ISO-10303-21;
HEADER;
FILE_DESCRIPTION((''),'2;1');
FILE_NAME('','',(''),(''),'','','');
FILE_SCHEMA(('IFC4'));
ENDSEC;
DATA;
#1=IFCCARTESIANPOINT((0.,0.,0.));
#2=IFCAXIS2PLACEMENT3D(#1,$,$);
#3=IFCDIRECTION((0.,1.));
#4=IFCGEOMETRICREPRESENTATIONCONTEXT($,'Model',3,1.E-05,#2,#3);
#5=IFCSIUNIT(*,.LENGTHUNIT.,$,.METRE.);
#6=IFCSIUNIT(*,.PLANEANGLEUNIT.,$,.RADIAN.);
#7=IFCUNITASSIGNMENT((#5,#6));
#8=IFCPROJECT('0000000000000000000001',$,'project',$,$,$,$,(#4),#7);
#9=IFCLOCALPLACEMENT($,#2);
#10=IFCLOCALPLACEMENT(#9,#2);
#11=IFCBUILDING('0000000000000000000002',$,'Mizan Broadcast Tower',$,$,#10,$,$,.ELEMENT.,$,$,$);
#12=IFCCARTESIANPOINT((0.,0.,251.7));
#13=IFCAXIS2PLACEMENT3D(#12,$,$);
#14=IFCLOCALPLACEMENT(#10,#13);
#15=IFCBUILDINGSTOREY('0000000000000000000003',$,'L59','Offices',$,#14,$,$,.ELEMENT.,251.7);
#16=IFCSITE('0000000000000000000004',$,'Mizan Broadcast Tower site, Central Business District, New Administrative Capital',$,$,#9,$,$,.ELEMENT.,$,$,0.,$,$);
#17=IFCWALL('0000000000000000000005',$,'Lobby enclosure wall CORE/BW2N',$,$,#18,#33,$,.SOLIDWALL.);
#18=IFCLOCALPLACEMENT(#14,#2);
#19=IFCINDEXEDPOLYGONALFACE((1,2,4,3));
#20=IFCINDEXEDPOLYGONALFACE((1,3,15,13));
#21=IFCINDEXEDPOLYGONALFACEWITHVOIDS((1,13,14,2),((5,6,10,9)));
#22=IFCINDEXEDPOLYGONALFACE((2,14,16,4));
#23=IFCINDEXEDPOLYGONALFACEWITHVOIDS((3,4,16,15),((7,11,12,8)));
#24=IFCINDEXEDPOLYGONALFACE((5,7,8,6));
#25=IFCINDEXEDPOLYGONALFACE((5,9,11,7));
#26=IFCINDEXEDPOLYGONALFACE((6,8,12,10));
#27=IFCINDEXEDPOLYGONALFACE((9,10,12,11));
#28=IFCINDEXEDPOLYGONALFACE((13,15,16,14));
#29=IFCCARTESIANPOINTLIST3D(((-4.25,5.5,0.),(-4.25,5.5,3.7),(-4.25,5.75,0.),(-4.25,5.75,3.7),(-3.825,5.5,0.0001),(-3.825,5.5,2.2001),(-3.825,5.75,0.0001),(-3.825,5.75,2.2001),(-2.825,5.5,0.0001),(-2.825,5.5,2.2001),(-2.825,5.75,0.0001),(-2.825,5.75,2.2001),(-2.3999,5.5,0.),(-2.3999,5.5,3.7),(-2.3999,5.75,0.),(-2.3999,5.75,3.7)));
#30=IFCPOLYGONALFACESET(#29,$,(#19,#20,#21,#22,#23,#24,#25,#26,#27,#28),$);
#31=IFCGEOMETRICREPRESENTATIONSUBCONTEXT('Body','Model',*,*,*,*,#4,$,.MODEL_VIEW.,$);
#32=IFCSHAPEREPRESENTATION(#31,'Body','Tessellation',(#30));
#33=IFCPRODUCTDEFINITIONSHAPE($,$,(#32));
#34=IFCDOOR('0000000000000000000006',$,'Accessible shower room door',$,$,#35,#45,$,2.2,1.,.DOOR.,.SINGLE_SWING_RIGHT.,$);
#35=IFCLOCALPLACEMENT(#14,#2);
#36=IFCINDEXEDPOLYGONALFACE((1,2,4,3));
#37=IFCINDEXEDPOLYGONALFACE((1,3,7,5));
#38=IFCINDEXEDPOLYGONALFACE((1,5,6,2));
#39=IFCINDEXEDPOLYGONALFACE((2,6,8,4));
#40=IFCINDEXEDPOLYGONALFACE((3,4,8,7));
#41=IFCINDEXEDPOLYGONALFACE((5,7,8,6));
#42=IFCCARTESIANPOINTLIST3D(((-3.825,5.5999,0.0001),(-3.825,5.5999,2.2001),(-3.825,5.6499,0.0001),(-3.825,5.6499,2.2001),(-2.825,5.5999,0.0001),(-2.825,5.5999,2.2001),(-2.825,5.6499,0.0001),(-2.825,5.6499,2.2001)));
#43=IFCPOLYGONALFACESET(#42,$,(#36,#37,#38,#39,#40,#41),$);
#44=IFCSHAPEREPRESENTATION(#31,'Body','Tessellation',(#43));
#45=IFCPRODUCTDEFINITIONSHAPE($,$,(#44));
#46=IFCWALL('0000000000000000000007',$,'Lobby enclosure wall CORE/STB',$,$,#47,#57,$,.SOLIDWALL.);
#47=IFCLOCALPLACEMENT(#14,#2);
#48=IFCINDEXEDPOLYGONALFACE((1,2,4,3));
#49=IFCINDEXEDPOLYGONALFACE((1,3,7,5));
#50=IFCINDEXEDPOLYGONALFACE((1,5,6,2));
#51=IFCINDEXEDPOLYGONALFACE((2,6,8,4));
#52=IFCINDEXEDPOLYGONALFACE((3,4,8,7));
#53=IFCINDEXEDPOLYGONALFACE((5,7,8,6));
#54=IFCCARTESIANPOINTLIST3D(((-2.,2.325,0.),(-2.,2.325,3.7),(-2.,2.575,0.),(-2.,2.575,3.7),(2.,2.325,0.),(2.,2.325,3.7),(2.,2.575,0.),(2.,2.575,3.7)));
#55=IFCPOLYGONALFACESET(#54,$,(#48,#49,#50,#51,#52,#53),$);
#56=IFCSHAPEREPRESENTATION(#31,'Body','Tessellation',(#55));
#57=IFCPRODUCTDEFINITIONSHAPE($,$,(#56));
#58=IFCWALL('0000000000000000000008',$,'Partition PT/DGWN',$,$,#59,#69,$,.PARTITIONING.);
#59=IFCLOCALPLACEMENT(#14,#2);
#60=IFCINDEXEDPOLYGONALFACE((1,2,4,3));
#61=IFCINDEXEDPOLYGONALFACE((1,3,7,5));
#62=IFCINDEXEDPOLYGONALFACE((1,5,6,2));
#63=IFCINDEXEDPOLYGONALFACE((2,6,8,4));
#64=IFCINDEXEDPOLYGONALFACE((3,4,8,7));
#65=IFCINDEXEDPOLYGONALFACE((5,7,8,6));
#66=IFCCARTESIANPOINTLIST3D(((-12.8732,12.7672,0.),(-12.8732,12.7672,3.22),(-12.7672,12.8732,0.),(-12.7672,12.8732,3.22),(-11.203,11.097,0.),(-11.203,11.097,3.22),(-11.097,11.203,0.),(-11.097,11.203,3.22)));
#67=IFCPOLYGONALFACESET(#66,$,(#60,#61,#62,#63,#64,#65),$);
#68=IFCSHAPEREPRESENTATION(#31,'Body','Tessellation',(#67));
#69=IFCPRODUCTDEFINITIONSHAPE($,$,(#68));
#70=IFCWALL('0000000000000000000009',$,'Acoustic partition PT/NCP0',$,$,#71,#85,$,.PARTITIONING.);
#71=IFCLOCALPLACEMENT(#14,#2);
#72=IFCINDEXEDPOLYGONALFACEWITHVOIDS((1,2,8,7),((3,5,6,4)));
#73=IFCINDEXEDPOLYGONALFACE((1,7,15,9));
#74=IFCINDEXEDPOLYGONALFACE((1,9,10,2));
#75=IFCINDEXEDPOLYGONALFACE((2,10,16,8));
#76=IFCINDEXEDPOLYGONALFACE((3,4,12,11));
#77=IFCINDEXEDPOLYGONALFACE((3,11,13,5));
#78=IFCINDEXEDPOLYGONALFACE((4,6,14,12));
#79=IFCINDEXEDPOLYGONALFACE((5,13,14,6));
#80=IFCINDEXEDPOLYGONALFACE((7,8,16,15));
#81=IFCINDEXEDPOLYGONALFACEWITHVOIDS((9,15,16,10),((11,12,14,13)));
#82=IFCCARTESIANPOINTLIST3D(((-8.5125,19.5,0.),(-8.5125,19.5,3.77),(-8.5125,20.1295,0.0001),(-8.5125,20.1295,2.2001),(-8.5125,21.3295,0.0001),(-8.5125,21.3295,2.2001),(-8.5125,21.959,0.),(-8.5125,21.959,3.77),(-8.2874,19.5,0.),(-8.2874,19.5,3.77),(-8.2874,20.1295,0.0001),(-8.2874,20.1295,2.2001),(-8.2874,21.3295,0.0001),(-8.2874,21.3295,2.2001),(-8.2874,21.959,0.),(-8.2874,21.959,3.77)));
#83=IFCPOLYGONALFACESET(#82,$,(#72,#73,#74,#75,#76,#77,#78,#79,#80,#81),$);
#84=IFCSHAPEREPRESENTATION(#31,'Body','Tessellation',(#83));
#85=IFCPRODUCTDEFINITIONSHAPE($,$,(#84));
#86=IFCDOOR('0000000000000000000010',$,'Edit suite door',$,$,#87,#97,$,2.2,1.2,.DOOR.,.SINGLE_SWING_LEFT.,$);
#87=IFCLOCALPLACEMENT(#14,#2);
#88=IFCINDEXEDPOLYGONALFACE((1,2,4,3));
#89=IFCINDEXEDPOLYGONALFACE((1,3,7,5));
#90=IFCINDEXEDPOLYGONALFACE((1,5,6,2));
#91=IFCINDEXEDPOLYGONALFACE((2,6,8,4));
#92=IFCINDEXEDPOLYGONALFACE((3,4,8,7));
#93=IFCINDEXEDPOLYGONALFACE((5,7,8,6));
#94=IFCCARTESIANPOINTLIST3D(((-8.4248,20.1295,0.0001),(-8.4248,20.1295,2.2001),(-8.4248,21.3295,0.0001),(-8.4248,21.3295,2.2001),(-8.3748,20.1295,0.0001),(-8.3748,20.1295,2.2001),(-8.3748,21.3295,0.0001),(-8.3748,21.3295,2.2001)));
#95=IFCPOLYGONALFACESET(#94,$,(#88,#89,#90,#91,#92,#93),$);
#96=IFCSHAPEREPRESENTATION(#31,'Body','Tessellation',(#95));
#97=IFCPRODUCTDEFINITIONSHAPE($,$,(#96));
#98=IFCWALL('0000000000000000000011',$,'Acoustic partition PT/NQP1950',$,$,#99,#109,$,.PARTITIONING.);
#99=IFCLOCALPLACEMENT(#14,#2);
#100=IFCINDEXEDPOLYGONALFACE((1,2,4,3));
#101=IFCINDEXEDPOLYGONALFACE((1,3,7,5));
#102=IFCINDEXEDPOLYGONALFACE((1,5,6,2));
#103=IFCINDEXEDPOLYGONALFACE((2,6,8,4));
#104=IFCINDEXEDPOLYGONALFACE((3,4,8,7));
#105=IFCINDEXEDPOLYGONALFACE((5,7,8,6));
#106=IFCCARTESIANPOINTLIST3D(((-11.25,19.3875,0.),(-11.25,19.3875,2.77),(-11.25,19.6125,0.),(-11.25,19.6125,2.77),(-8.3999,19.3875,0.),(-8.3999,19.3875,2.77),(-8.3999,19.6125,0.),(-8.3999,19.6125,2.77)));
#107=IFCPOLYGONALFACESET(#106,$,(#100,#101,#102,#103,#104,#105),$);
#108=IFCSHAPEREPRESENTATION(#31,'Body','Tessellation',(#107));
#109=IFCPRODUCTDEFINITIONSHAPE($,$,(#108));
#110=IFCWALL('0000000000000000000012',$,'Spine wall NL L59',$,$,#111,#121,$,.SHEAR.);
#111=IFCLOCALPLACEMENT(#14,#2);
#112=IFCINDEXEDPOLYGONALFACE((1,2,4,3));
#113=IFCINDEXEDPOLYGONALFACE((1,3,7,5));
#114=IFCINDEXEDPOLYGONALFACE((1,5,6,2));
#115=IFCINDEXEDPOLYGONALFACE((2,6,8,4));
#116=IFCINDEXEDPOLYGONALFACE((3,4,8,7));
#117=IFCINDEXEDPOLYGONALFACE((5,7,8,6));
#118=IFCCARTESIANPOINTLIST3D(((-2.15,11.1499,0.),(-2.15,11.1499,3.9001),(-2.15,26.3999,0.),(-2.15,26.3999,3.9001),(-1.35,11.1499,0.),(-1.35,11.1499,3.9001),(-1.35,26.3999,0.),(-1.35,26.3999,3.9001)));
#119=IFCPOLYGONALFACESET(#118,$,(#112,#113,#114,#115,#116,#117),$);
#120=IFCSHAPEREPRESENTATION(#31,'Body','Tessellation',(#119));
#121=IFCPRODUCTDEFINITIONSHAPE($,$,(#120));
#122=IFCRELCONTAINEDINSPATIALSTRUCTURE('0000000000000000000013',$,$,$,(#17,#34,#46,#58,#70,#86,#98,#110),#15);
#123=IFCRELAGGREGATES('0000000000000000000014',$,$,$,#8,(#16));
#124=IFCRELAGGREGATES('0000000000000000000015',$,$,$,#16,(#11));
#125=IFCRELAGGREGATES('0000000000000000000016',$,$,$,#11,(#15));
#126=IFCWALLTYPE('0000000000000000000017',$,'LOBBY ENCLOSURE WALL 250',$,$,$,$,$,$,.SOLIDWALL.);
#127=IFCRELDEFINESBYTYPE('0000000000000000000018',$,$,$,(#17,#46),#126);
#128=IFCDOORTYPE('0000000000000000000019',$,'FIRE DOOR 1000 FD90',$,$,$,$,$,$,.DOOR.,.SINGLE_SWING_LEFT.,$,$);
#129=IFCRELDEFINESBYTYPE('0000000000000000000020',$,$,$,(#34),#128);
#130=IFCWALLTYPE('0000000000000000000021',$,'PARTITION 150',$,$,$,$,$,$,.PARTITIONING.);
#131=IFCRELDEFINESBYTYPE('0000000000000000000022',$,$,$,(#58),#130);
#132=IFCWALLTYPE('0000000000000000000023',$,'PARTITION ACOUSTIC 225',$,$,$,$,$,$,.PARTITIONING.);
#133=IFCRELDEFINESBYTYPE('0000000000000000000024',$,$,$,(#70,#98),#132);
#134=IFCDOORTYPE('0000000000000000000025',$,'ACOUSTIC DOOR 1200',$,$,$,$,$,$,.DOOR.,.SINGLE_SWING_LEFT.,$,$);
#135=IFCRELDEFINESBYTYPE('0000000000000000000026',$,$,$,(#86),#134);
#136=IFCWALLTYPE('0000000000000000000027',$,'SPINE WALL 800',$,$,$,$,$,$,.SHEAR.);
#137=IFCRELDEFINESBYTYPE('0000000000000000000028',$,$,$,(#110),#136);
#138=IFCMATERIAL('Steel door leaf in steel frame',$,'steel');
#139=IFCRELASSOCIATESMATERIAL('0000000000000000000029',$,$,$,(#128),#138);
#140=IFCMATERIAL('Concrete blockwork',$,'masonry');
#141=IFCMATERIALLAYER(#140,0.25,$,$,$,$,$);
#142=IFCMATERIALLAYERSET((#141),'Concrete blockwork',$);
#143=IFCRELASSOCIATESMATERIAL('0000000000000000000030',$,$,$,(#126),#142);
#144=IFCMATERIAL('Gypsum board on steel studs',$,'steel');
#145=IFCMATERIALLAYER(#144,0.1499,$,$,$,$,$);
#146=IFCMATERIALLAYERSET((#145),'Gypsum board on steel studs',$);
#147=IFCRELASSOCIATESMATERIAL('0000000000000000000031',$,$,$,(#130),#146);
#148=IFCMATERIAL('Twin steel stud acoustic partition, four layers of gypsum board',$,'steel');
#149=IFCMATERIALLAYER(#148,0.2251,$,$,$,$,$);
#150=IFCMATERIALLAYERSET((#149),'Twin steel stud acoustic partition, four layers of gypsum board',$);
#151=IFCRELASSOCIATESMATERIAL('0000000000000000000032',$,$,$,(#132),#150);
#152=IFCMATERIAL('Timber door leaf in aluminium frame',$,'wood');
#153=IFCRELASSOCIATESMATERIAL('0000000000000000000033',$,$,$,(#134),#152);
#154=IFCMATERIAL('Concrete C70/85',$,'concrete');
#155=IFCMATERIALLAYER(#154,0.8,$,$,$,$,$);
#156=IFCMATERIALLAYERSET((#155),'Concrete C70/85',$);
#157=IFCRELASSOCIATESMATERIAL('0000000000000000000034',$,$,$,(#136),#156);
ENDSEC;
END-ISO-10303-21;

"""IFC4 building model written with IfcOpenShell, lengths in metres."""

from ifc_helpers import new_model, si_unit, direction, frame, frame_2d, origin, place, context, subcontext, project, spatial, rectangle, extrude, material, layer, layer_set, type_object, element, fill, save


model = new_model("IFC4")

# Units and contexts
model_context = context("Model", 3, precision=1e-05, world=origin(), true_north=direction((0.0, 1.0)))
body_context = subcontext(model_context, "Body", "Model", "MODEL_VIEW")
ifc_project = project(units=[si_unit("LENGTHUNIT", "METRE"), si_unit("PLANEANGLEUNIT", "RADIAN")], contexts=[model_context])

# Site, building, storey
site_placement = place(None, origin())
site = spatial("IfcSite", under=ifc_project, at=site_placement, Name="Mizan Broadcast Tower site, Central Business District, New Administrative Capital", CompositionType="ELEMENT", RefElevation=0.0)
building_placement = place(site_placement, origin())
building = spatial("IfcBuilding", under=site, at=building_placement, Name="Mizan Broadcast Tower", CompositionType="ELEMENT")
storey_placement = place(building_placement, frame((0.0, 0.0, 251.7)))
storey = spatial("IfcBuildingStorey", under=building, at=storey_placement, Name="L59", Description="Offices", CompositionType="ELEMENT", Elevation=251.7)

# Shared definitions
ifc_material_1 = material(Name="Steel door leaf in steel frame", Category="steel")
door_type_1 = type_object("IfcDoorType", Name="FIRE DOOR 1000 FD90", OperationType="SINGLE_SWING_LEFT", PredefinedType="DOOR", material=ifc_material_1)

# Wall, opening, door
ifc_material_2 = material(Name="Concrete blockwork", Category="masonry")
ifc_layer_1 = layer(ifc_material_2, 0.25)
ifc_layer_set_1 = layer_set([ifc_layer_1], Name="Concrete blockwork")
wall_type_1 = type_object("IfcWallType", Name="LOBBY ENCLOSURE WALL 250", PredefinedType="SOLIDWALL", material=ifc_layer_set_1)
wall_1_placement = place(storey_placement, frame((-4.25, 5.625, 0.0), z_axis=(0.0, 0.0, 1.0), x_axis=(1.0, 0.0, 0.0)))
wall_1 = element("IfcWall", 1, at=wall_1_placement, inside=storey, type_object=wall_type_1, Name="Lobby enclosure wall CORE/BW2N", PredefinedType="SOLIDWALL", context=body_context, shape_type="SweptSolid", body=[
    extrude(rectangle(XDim=1.8501, YDim=0.25, at=frame_2d((0.925, 0.0))), origin(), (0.0, 0.0, 1.0), 3.7),
])
opening_1_placement = place(wall_1_placement, frame((0.425, 0.0, 0.0)))
opening_1 = element("IfcOpeningElement", 2, at=opening_1_placement, cuts=wall_1, PredefinedType="OPENING", context=body_context, shape_type="SweptSolid", body=[
    extrude(rectangle(XDim=1.0, YDim=2.2, at=frame_2d((0.5, 1.1001))), frame((0.0, 0.135, 0.0), z_axis=(0.0, -1.0, 0.0), x_axis=(1.0, 0.0, 0.0)), (0.0, 0.0, 1.0), 0.27),
])
door_1_placement = place(opening_1_placement, origin())
door_1 = element("IfcDoor", 3, at=door_1_placement, inside=storey, type_object=door_type_1, Name="Accessible shower room door", OperationType="SINGLE_SWING_RIGHT", OverallHeight=2.2, OverallWidth=1.0, PredefinedType="DOOR", context=body_context, shape_type="SweptSolid", body=[
    extrude(rectangle(XDim=1.0, YDim=2.2, at=frame_2d((0.5, 1.1001))), frame((0.0, 0.0249, 0.0), z_axis=(0.0, -1.0, 0.0), x_axis=(1.0, 0.0, 0.0)), (0.0, 0.0, 1.0), 0.05),
])
fill(opening_1, door_1)

# Walls
wall_2_placement = place(storey_placement, frame((-2.0, 2.45, 0.0), z_axis=(0.0, 0.0, 1.0), x_axis=(1.0, 0.0, 0.0)))
element("IfcWall", 4, at=wall_2_placement, inside=storey, type_object=wall_type_1, Name="Lobby enclosure wall CORE/STB", PredefinedType="SOLIDWALL", context=body_context, shape_type="SweptSolid", body=[
    extrude(rectangle(XDim=4.0, YDim=0.25, at=frame_2d((2.0, 0.0))), origin(), (0.0, 0.0, 1.0), 3.7),
])
ifc_material_3 = material(Name="Gypsum board on steel studs", Category="steel")
ifc_layer_2 = layer(ifc_material_3, 0.1499)
ifc_layer_set_2 = layer_set([ifc_layer_2], Name="Gypsum board on steel studs")
wall_type_2 = type_object("IfcWallType", Name="PARTITION 150", PredefinedType="PARTITIONING", material=ifc_layer_set_2)
wall_3_placement = place(storey_placement, frame((-11.1499, 11.1499, 0.0), z_axis=(0.0, 0.0, 1.0), x_axis=(-0.707107, 0.707107, 0.0)))
element("IfcWall", 5, at=wall_3_placement, inside=storey, type_object=wall_type_2, Name="Partition PT/DGWN", PredefinedType="PARTITIONING", context=body_context, shape_type="SweptSolid", body=[
    extrude(rectangle(XDim=2.3621, YDim=0.1499, at=frame_2d((1.1812, 0.0))), origin(), (0.0, 0.0, 1.0), 3.22),
])

# Wall, opening, door
ifc_material_4 = material(Name="Twin steel stud acoustic partition, four layers of gypsum board", Category="steel")
ifc_layer_3 = layer(ifc_material_4, 0.2251)
ifc_layer_set_3 = layer_set([ifc_layer_3], Name="Twin steel stud acoustic partition, four layers of gypsum board")
wall_type_3 = type_object("IfcWallType", Name="PARTITION ACOUSTIC 225", PredefinedType="PARTITIONING", material=ifc_layer_set_3)
wall_4_placement = place(storey_placement, frame((-8.3999, 19.5, 0.0), z_axis=(0.0, 0.0, 1.0), x_axis=(0.0, 1.0, 0.0)))
wall_4 = element("IfcWall", 6, at=wall_4_placement, inside=storey, type_object=wall_type_3, Name="Acoustic partition PT/NCP0", PredefinedType="PARTITIONING", context=body_context, shape_type="SweptSolid", body=[
    extrude(rectangle(XDim=2.459, YDim=0.2251, at=frame_2d((1.2295, 0.0))), origin(), (0.0, 0.0, 1.0), 3.77),
])
opening_2_placement = place(wall_4_placement, frame((0.6294, 0.0, 0.0)))
opening_2 = element("IfcOpeningElement", 7, at=opening_2_placement, cuts=wall_4, PredefinedType="OPENING", context=body_context, shape_type="SweptSolid", body=[
    extrude(rectangle(XDim=1.2, YDim=2.2, at=frame_2d((0.6001, 1.1001))), frame((0.0, 0.1226, 0.0), z_axis=(0.0, -1.0, 0.0), x_axis=(1.0, 0.0, 0.0)), (0.0, 0.0, 1.0), 0.2451),
])
ifc_material_5 = material(Name="Timber door leaf in aluminium frame", Category="wood")
door_type_2 = type_object("IfcDoorType", Name="ACOUSTIC DOOR 1200", OperationType="SINGLE_SWING_LEFT", PredefinedType="DOOR", material=ifc_material_5)
door_2_placement = place(opening_2_placement, origin())
door_2 = element("IfcDoor", 8, at=door_2_placement, inside=storey, type_object=door_type_2, Name="Edit suite door", OperationType="SINGLE_SWING_LEFT", OverallHeight=2.2, OverallWidth=1.2, PredefinedType="DOOR", context=body_context, shape_type="SweptSolid", body=[
    extrude(rectangle(XDim=1.2, YDim=2.2, at=frame_2d((0.6001, 1.1001))), frame((0.0, 0.0249, 0.0), z_axis=(0.0, -1.0, 0.0), x_axis=(1.0, 0.0, 0.0)), (0.0, 0.0, 1.0), 0.05),
])
fill(opening_2, door_2)

# Walls
wall_5_placement = place(storey_placement, frame((-8.3999, 19.5, 0.0), z_axis=(0.0, 0.0, 1.0), x_axis=(-1.0, 0.0, 0.0)))
element("IfcWall", 9, at=wall_5_placement, inside=storey, type_object=wall_type_3, Name="Acoustic partition PT/NQP1950", PredefinedType="PARTITIONING", context=body_context, shape_type="SweptSolid", body=[
    extrude(rectangle(XDim=2.8501, YDim=0.2251, at=frame_2d((1.425, 0.0))), origin(), (0.0, 0.0, 1.0), 2.77),
])
ifc_material_6 = material(Name="Concrete C70/85", Category="concrete")
ifc_layer_4 = layer(ifc_material_6, 0.8)
ifc_layer_set_4 = layer_set([ifc_layer_4], Name="Concrete C70/85")
wall_type_4 = type_object("IfcWallType", Name="SPINE WALL 800", PredefinedType="SHEAR", material=ifc_layer_set_4)
wall_6_placement = place(storey_placement, frame((-1.75, 11.1499, 0.0), z_axis=(0.0, 0.0, 1.0), x_axis=(0.0, 1.0, 0.0)))
element("IfcWall", 10, at=wall_6_placement, inside=storey, type_object=wall_type_4, Name="Spine wall NL L59", PredefinedType="SHEAR", context=body_context, shape_type="SweptSolid", body=[
    extrude(rectangle(XDim=15.25, YDim=0.8, at=frame_2d((7.625, 0.0))), origin(), (0.0, 0.0, 1.0), 3.9001),
])

save(model, "model.ifc")
